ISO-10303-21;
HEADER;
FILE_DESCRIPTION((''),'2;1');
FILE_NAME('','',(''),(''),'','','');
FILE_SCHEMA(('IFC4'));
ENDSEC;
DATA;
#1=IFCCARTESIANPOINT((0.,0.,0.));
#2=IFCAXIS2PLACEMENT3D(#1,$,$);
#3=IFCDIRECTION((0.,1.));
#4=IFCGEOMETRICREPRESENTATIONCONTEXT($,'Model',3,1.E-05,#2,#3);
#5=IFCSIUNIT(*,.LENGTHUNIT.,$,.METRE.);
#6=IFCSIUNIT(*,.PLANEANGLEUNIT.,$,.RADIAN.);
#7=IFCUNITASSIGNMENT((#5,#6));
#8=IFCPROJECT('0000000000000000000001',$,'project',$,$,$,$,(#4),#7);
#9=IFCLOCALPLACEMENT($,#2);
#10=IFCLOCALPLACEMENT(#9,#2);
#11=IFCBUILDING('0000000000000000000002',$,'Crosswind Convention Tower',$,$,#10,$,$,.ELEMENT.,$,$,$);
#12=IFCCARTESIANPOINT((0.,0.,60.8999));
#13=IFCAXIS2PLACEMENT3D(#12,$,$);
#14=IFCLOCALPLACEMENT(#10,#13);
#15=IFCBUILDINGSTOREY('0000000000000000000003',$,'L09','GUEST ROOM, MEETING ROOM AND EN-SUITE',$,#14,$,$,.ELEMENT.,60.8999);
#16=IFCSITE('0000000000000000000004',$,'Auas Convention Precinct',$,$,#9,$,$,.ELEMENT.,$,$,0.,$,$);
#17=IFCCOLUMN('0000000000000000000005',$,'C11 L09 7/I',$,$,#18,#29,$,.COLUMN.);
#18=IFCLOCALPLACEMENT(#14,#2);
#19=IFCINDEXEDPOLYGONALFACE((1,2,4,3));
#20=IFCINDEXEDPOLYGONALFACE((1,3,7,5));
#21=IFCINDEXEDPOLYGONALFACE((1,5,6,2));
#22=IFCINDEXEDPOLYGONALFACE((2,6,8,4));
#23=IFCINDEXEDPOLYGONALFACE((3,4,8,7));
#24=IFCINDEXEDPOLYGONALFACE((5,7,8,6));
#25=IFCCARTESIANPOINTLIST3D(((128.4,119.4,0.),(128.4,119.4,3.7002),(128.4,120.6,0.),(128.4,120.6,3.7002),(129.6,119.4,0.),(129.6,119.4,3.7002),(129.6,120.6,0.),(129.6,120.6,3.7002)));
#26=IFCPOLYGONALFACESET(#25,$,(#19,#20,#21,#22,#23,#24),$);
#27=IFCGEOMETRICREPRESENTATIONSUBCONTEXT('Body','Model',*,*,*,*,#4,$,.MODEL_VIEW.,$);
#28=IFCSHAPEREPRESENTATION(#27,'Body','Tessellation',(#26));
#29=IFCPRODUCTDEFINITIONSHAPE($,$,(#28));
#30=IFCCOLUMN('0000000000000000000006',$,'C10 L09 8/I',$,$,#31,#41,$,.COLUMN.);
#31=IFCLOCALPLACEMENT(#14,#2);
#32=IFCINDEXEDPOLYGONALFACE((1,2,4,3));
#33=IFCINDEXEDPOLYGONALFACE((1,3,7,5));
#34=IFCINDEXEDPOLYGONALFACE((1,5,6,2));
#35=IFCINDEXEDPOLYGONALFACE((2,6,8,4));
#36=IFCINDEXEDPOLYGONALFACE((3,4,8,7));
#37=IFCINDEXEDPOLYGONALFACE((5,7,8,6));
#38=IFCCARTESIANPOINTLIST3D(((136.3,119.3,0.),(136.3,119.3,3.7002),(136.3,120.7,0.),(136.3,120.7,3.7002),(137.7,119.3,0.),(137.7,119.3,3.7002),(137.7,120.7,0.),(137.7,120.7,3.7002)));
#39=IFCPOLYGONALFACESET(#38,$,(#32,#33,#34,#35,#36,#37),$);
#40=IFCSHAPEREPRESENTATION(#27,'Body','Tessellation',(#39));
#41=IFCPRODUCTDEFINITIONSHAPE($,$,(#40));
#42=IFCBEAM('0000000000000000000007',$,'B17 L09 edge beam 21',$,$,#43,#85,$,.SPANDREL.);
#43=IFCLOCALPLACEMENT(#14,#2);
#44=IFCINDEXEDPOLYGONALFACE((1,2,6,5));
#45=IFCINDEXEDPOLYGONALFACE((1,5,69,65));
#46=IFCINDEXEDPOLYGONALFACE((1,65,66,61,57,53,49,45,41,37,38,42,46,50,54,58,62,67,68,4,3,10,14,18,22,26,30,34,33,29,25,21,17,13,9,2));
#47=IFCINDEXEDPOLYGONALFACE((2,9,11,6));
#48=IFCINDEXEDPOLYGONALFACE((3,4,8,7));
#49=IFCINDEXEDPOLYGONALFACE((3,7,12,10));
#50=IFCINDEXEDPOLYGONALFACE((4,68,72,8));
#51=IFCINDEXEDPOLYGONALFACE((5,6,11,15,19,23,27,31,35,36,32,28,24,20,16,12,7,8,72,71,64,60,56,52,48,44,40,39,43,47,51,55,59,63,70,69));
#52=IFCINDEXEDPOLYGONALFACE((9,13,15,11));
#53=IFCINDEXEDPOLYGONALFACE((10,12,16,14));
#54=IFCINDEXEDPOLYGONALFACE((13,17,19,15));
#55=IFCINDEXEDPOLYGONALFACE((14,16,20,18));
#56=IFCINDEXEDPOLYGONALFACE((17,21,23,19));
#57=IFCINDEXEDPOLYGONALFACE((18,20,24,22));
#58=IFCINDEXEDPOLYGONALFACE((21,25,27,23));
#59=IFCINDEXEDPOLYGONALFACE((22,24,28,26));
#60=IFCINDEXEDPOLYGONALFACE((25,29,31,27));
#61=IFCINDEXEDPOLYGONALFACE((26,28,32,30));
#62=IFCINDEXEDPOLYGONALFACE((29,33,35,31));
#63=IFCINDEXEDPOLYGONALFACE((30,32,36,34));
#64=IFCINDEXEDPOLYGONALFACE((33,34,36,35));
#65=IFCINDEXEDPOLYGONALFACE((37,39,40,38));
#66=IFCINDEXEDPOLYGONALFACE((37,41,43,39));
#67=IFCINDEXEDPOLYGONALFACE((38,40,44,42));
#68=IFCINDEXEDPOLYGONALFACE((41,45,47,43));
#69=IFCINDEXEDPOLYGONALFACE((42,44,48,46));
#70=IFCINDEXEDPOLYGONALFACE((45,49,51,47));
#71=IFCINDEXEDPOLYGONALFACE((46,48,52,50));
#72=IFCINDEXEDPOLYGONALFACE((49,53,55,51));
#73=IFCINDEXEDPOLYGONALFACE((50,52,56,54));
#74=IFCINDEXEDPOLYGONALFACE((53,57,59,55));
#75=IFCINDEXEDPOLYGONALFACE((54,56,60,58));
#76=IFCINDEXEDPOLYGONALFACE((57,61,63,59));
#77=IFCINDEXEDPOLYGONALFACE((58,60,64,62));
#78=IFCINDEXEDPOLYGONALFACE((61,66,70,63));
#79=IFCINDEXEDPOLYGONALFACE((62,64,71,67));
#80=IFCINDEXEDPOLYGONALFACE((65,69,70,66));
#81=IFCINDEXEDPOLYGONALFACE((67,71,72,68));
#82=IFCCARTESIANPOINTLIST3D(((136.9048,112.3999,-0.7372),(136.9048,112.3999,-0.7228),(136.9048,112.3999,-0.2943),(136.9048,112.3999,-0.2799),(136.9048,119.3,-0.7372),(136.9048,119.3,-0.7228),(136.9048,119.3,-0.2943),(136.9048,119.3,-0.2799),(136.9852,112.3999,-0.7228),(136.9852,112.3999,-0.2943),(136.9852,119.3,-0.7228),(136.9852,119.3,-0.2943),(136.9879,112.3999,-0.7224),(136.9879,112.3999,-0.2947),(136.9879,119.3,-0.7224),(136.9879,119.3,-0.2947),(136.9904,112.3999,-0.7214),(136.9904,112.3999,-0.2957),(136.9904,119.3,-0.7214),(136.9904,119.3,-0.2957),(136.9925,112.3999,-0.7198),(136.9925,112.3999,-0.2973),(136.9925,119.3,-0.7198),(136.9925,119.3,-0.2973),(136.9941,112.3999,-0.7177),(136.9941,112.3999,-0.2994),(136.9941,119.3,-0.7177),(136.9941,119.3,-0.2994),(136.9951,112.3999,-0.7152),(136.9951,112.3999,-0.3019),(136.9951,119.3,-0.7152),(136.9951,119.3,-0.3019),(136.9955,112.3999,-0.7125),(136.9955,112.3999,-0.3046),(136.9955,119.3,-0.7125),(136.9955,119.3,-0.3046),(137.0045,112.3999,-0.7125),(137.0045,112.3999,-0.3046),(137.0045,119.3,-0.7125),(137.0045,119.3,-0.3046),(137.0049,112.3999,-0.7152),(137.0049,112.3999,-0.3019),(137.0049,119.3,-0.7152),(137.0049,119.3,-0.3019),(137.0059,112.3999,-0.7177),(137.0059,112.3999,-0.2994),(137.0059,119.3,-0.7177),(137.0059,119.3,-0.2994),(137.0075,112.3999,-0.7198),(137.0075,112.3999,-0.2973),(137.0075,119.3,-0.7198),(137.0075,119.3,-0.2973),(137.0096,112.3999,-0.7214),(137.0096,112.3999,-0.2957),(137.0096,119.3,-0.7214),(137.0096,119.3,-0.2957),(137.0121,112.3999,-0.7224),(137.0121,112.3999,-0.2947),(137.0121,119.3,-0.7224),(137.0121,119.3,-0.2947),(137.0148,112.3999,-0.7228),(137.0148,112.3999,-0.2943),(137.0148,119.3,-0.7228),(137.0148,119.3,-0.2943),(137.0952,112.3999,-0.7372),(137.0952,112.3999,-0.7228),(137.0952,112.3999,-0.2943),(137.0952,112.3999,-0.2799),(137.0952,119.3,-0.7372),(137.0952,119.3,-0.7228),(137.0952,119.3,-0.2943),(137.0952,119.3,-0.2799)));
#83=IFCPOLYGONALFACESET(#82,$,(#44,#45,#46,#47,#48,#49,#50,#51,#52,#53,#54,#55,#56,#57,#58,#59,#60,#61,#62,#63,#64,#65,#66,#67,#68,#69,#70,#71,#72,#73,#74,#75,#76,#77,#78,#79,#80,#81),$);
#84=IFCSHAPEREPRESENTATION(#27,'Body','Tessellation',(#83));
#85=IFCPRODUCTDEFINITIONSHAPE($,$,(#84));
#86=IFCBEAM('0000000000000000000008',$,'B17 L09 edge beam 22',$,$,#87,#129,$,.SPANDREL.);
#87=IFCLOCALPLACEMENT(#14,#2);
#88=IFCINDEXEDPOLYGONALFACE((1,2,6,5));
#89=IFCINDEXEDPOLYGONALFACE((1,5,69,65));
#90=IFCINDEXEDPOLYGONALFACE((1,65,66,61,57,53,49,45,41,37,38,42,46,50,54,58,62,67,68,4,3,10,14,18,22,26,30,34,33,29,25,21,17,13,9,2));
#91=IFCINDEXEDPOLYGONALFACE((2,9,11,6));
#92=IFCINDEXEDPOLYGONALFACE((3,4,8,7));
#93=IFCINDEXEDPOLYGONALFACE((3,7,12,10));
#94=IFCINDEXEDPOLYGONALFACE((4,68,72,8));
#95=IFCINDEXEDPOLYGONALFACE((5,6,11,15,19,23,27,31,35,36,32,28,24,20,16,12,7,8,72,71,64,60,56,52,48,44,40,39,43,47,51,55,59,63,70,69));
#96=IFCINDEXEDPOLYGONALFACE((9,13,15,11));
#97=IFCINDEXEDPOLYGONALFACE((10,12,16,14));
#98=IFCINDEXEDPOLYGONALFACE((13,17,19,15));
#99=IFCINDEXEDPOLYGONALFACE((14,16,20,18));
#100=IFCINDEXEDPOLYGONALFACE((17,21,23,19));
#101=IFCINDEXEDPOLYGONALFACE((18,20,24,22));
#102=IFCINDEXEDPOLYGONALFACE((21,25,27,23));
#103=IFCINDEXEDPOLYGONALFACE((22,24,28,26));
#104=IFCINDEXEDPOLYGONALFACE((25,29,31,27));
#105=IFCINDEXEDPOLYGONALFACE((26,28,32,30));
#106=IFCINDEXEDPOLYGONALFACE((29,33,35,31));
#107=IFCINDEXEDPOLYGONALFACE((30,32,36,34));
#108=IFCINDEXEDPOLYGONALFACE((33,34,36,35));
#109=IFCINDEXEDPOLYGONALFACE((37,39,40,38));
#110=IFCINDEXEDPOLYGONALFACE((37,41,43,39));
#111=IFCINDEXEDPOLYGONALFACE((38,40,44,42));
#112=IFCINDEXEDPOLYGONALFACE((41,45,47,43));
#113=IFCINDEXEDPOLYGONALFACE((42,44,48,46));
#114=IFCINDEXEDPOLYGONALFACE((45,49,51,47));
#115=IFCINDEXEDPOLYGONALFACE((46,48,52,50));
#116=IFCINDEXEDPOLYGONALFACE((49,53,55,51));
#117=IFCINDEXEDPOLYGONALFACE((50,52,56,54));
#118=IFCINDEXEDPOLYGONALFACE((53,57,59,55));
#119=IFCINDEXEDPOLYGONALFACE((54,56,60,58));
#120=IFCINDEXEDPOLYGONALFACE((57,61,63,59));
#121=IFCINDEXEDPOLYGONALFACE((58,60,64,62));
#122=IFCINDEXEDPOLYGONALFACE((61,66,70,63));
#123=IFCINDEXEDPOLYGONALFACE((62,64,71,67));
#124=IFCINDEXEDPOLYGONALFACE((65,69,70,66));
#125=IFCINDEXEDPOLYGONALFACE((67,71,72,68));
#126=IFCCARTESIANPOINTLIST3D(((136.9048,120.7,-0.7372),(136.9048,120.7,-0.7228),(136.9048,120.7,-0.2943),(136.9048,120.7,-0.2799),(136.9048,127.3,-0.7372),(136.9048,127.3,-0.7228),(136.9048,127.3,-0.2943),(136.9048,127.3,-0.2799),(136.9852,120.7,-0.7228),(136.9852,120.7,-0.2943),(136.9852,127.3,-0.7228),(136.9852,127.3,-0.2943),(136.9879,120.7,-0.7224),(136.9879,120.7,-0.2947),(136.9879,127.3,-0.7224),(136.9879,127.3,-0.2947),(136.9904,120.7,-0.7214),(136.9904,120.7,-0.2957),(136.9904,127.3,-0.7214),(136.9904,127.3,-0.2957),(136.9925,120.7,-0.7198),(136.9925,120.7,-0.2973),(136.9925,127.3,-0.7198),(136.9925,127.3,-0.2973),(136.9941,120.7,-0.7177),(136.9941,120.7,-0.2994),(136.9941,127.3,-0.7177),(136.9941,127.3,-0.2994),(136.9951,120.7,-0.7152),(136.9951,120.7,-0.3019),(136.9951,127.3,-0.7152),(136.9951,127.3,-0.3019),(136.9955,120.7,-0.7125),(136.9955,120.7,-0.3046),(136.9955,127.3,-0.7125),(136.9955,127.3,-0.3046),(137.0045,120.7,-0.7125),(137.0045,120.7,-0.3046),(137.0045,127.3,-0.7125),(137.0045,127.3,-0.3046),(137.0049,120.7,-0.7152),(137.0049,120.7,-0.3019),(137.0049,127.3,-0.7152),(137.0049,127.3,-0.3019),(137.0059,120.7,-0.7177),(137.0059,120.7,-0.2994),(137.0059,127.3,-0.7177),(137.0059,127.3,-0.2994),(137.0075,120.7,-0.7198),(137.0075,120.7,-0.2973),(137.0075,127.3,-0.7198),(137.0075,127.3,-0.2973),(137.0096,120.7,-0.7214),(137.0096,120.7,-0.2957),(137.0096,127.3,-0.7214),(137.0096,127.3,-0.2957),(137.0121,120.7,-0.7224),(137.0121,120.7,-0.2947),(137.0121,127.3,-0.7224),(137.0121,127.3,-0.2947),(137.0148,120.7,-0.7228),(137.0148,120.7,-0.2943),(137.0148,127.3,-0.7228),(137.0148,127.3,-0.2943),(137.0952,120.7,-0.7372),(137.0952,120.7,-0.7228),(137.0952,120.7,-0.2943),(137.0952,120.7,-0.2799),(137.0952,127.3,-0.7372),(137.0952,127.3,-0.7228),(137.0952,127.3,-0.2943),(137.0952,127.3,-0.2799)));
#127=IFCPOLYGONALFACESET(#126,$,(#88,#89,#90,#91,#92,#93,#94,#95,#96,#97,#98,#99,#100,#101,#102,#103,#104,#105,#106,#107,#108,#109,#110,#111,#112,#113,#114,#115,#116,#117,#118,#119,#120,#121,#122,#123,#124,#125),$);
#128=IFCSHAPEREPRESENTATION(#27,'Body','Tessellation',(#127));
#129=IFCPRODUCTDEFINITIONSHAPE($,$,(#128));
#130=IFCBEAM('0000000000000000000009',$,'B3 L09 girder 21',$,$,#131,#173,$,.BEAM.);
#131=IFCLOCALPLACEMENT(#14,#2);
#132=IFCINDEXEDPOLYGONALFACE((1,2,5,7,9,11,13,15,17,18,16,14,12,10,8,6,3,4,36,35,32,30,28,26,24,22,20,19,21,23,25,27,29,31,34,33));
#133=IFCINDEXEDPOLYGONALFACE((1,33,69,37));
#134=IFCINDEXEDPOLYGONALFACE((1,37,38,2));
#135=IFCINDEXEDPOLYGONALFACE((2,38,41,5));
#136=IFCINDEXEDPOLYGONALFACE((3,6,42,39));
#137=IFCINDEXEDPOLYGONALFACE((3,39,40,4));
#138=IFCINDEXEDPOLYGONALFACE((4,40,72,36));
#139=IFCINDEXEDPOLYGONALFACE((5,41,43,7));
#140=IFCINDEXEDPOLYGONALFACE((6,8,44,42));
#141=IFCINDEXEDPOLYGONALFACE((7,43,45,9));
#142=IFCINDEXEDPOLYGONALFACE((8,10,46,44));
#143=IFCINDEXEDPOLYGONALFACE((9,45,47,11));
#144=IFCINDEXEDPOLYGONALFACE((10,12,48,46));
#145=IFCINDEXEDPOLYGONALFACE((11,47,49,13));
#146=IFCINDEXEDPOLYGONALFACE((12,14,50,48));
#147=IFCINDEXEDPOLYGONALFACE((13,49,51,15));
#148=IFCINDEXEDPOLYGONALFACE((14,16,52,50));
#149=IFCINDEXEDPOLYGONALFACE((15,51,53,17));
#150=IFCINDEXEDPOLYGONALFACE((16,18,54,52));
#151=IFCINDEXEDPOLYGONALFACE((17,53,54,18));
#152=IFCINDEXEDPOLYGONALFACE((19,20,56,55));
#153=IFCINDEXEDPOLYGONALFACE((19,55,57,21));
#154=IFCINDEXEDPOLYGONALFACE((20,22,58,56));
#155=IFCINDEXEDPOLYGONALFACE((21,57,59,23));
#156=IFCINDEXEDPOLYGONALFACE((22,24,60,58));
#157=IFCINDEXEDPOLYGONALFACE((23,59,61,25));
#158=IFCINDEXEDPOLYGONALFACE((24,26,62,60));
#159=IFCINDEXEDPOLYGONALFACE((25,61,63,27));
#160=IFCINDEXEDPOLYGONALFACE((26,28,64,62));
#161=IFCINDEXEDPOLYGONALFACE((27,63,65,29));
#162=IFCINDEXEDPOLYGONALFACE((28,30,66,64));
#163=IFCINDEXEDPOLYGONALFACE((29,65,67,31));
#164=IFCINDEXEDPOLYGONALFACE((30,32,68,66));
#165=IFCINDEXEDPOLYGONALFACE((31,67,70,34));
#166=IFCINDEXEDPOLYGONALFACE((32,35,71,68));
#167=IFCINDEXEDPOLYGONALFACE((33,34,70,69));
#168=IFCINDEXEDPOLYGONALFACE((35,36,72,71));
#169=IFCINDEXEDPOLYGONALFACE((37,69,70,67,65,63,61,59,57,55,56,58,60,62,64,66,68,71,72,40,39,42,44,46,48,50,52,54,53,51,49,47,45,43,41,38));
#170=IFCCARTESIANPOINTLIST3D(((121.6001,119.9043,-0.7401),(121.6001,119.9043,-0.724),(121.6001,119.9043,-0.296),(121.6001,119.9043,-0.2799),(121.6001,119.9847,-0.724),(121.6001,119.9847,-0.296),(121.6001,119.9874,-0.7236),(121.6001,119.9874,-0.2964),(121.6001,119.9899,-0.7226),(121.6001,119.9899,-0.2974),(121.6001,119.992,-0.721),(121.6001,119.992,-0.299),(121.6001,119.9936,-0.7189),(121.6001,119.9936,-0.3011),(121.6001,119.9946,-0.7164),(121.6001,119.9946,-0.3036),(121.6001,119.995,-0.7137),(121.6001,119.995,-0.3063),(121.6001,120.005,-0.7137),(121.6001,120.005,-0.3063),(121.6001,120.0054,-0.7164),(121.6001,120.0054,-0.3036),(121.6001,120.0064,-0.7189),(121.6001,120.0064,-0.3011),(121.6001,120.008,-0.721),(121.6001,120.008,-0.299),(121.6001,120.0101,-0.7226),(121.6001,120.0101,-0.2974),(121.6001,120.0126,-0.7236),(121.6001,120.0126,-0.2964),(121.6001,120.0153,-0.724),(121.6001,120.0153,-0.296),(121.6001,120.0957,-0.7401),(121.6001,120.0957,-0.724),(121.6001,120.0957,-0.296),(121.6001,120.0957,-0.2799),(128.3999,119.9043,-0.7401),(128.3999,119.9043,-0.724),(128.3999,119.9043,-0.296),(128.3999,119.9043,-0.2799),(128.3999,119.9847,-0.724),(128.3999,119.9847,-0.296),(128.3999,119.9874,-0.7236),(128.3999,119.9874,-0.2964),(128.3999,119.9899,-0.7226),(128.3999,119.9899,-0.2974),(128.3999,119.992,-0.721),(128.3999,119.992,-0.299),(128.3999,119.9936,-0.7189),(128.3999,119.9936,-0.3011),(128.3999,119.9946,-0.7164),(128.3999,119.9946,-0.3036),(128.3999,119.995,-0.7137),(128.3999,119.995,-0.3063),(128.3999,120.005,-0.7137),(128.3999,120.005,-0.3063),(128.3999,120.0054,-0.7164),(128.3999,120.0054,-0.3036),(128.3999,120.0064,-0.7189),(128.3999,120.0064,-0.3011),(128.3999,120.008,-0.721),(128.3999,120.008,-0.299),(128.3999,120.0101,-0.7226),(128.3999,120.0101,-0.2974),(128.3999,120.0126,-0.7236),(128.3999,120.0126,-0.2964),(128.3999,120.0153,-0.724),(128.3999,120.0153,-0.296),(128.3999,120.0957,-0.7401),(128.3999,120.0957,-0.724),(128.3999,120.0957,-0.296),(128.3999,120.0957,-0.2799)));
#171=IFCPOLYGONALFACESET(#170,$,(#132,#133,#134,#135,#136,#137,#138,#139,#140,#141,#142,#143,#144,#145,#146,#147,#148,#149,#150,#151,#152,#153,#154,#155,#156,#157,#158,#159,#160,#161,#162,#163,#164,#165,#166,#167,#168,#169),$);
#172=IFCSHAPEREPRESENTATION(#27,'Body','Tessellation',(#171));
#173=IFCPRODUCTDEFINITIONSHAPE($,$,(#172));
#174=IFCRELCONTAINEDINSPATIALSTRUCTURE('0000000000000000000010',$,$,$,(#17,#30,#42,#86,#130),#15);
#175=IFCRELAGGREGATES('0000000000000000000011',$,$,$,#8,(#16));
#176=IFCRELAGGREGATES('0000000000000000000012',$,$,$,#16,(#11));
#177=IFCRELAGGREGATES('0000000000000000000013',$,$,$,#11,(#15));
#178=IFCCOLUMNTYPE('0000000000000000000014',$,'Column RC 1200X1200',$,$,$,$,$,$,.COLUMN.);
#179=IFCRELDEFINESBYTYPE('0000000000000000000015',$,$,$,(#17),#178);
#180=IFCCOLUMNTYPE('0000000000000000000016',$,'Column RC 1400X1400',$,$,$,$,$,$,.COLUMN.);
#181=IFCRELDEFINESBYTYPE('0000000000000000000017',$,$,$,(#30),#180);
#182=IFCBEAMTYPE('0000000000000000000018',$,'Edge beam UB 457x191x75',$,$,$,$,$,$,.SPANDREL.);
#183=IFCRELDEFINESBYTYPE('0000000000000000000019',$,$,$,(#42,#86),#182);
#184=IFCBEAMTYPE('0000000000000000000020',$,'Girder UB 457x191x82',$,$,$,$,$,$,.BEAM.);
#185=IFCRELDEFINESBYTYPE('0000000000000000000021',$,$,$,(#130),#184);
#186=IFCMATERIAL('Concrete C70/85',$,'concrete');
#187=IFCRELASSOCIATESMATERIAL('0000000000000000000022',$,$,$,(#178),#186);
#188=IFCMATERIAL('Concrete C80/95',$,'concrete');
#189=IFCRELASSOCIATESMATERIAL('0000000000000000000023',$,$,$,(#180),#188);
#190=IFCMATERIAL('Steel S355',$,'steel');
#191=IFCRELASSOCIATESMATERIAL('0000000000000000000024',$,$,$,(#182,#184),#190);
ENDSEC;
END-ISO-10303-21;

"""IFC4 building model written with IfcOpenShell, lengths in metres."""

from ifc_helpers import new_model, si_unit, direction, frame, origin, origin_2d, place, context, subcontext, project, spatial, rectangle, i_section, extrude, material, material_profile, profile_set, type_object, element, save


model = new_model("IFC4")

# Units and contexts
model_context = context("Model", 3, precision=1e-05, world=origin(), true_north=direction((0.0, 1.0)))
body_context = subcontext(model_context, "Body", "Model", "MODEL_VIEW")
ifc_project = project(units=[si_unit("LENGTHUNIT", "METRE"), si_unit("PLANEANGLEUNIT", "RADIAN")], contexts=[model_context])

# Site, building, storey
site_placement = place(None, origin())
site = spatial("IfcSite", under=ifc_project, at=site_placement, Name="Auas Convention Precinct", CompositionType="ELEMENT", RefElevation=0.0)
building_placement = place(site_placement, origin())
building = spatial("IfcBuilding", under=site, at=building_placement, Name="Crosswind Convention Tower", CompositionType="ELEMENT")
storey_placement = place(building_placement, frame((0.0, 0.0, 60.8999)))
storey = spatial("IfcBuildingStorey", under=building, at=storey_placement, Name="L09", Description="GUEST ROOM, MEETING ROOM AND EN-SUITE", CompositionType="ELEMENT", Elevation=60.8999)

# Columns
ifc_material_1 = material(Name="Concrete C70/85", Category="concrete")
ifc_material_profile_1 = material_profile(ifc_material_1, rectangle(XDim=1.2, YDim=1.2, at=origin_2d()), Name="RC 1200X1200")
ifc_profile_set_1 = profile_set([ifc_material_profile_1], Name="Concrete C70/85")
column_type_1 = type_object("IfcColumnType", Name="Column RC 1200X1200", PredefinedType="COLUMN", material=ifc_profile_set_1)
column_1_placement = place(storey_placement, frame((129.0, 120.0, 0.0), z_axis=(0.0, 0.0, 1.0), x_axis=(1.0, 0.0, 0.0)))
element("IfcColumn", 1, at=column_1_placement, inside=storey, type_object=column_type_1, Name="C11 L09 7/I", PredefinedType="COLUMN", context=body_context, shape_type="SweptSolid", body=[
    extrude(rectangle(XDim=1.2, YDim=1.2, at=origin_2d()), origin(), (0.0, 0.0, 1.0), 3.7002),
])
ifc_material_2 = material(Name="Concrete C80/95", Category="concrete")
ifc_material_profile_2 = material_profile(ifc_material_2, rectangle(XDim=1.3999, YDim=1.3999, at=origin_2d()), Name="RC 1400X1400")
ifc_profile_set_2 = profile_set([ifc_material_profile_2], Name="Concrete C80/95")
column_type_2 = type_object("IfcColumnType", Name="Column RC 1400X1400", PredefinedType="COLUMN", material=ifc_profile_set_2)
column_2_placement = place(storey_placement, frame((137.0, 120.0, 0.0), z_axis=(0.0, 0.0, 1.0), x_axis=(1.0, 0.0, 0.0)))
element("IfcColumn", 2, at=column_2_placement, inside=storey, type_object=column_type_2, Name="C10 L09 8/I", PredefinedType="COLUMN", context=body_context, shape_type="SweptSolid", body=[
    extrude(rectangle(XDim=1.3999, YDim=1.3999, at=origin_2d()), origin(), (0.0, 0.0, 1.0), 3.7002),
])

# Beams
ifc_material_3 = material(Name="Steel S355", Category="steel")
ifc_material_profile_3 = material_profile(ifc_material_3, i_section(OverallWidth=0.1904, OverallDepth=0.4573, WebThickness=0.009, FlangeThickness=0.0144, FilletRadius=0.0103, at=origin_2d()), Name="UB 457x191x75")
ifc_profile_set_3 = profile_set([ifc_material_profile_3], Name="Steel S355")
beam_type_1 = type_object("IfcBeamType", Name="Edge beam UB 457x191x75", PredefinedType="SPANDREL", material=ifc_profile_set_3)
beam_1_placement = place(storey_placement, frame((137.0, 112.3999, -0.5085), z_axis=(0.0, 1.0, 0.0), x_axis=(-1.0, 0.0, 0.0)))
element("IfcBeam", 3, at=beam_1_placement, inside=storey, type_object=beam_type_1, Name="B17 L09 edge beam 21", PredefinedType="SPANDREL", context=body_context, shape_type="SweptSolid", body=[
    extrude(i_section(OverallWidth=0.1904, OverallDepth=0.4573, WebThickness=0.009, FlangeThickness=0.0144, FilletRadius=0.0103, at=origin_2d()), origin(), (0.0, 0.0, 1.0), 6.9001),
])
beam_2_placement = place(storey_placement, frame((137.0, 120.7, -0.5085), z_axis=(0.0, 1.0, 0.0), x_axis=(-1.0, 0.0, 0.0)))
element("IfcBeam", 4, at=beam_2_placement, inside=storey, type_object=beam_type_1, Name="B17 L09 edge beam 22", PredefinedType="SPANDREL", context=body_context, shape_type="SweptSolid", body=[
    extrude(i_section(OverallWidth=0.1904, OverallDepth=0.4573, WebThickness=0.009, FlangeThickness=0.0144, FilletRadius=0.0103, at=origin_2d()), origin(), (0.0, 0.0, 1.0), 6.6001),
])
ifc_material_profile_4 = material_profile(ifc_material_3, i_section(OverallWidth=0.1914, OverallDepth=0.4602, WebThickness=0.01, FlangeThickness=0.0161, FilletRadius=0.0103, at=origin_2d()), Name="UB 457x191x82")
ifc_profile_set_4 = profile_set([ifc_material_profile_4], Name="Steel S355")
beam_type_2 = type_object("IfcBeamType", Name="Girder UB 457x191x82", PredefinedType="BEAM", material=ifc_profile_set_4)
for number, where, z_axis, x_axis, name in (
    (5, (121.6001, 120.0, -0.51), (1.0, 0.0, 0.0), (0.0, 1.0, 0.0), "B3 L09 girder 21"),
):
    element("IfcBeam", number, at=place(storey_placement, frame(where, z_axis=z_axis, x_axis=x_axis)), inside=storey, type_object=beam_type_2, Name=name, PredefinedType="BEAM", context=body_context, shape_type="SweptSolid", body=[
        extrude(i_section(OverallWidth=0.1914, OverallDepth=0.4602, WebThickness=0.01, FlangeThickness=0.0161, FilletRadius=0.0103, at=origin_2d()), origin(), (0.0, 0.0, 1.0), 6.7998),
    ])

save(model, "model.ifc")
